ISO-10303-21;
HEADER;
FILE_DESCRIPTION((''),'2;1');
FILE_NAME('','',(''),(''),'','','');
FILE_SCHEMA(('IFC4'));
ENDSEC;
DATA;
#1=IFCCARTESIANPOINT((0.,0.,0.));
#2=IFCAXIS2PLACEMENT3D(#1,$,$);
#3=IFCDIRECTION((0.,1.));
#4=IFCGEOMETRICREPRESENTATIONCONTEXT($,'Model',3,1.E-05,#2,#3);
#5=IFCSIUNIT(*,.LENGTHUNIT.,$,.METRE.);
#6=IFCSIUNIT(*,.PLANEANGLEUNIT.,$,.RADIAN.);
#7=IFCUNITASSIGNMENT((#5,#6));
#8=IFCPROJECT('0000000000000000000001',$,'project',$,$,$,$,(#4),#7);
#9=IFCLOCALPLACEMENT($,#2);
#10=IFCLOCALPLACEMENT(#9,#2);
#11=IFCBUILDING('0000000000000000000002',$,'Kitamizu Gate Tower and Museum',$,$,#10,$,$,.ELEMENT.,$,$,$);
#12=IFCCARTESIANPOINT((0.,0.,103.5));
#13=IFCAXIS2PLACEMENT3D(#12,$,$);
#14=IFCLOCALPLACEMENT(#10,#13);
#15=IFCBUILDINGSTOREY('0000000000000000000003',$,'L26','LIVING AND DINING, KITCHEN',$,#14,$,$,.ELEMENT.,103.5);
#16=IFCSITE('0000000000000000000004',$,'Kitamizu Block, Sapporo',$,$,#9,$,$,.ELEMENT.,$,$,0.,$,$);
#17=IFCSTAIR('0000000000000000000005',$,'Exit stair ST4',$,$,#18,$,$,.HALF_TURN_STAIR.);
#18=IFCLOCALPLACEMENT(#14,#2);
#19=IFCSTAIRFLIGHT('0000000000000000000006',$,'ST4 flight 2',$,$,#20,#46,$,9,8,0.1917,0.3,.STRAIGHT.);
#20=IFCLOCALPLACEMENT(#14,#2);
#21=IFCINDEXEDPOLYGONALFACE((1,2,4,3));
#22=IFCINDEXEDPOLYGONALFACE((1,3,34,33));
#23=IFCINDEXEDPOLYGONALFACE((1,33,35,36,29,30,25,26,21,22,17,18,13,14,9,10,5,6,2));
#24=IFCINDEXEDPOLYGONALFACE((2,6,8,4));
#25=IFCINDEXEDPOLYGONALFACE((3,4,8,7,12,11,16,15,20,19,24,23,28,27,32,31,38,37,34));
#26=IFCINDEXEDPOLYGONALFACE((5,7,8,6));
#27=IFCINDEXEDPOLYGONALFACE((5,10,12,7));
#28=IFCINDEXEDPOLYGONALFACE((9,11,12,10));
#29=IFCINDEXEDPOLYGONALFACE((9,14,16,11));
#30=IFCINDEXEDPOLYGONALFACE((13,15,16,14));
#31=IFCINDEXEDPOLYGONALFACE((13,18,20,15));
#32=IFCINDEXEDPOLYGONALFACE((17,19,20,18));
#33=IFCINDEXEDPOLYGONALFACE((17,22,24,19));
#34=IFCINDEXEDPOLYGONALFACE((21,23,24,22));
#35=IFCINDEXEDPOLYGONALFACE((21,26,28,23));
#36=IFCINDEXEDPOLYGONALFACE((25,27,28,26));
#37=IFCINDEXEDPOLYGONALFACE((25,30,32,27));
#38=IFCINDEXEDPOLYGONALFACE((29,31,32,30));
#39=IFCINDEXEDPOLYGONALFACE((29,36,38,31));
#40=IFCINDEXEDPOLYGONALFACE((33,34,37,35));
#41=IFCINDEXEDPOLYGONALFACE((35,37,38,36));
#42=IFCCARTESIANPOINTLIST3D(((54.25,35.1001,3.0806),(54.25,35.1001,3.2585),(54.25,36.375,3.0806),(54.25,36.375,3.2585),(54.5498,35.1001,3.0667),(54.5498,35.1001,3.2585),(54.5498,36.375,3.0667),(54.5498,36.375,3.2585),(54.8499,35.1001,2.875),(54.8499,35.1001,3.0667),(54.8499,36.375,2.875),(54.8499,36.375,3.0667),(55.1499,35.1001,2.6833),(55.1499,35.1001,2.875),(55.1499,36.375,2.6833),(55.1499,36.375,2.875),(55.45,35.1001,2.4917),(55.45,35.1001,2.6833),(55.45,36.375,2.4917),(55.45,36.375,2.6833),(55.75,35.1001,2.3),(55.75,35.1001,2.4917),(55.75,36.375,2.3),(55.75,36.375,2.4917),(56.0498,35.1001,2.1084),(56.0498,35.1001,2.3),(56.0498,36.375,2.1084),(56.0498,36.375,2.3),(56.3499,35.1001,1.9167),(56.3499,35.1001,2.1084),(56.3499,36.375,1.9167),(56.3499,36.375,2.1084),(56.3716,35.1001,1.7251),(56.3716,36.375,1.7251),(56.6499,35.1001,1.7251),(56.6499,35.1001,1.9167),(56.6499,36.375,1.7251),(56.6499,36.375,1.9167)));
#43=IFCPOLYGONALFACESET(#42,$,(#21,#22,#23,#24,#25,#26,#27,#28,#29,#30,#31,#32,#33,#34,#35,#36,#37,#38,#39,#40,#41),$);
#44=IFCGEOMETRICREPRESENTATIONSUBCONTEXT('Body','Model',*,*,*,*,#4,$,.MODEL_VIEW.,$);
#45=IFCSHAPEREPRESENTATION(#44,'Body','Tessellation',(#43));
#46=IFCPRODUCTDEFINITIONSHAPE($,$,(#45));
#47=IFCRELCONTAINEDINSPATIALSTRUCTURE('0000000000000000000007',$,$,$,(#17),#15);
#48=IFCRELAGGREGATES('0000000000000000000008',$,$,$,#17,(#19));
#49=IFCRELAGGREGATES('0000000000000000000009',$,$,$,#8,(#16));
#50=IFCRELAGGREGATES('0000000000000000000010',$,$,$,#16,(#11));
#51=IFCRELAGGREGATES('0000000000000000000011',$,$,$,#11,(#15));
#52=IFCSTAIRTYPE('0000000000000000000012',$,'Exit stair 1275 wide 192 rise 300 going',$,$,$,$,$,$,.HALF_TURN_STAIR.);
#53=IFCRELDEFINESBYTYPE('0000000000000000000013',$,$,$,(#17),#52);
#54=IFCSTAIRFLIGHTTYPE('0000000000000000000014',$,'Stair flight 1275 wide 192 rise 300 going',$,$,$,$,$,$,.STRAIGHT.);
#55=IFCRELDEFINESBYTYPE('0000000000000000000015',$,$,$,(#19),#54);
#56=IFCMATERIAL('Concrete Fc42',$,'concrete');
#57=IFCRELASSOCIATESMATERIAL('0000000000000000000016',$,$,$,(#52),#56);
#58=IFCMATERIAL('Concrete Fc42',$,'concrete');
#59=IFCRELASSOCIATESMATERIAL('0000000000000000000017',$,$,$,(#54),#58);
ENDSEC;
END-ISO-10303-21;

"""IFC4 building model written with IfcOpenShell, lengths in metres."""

from ifc_helpers import new_model, si_unit, direction, frame, origin, place, context, subcontext, project, spatial, polyline, outline, extrude, material, type_object, element, aggregate, save


model = new_model("IFC4")

# Units and contexts
model_context = context("Model", 3, precision=1e-05, world=origin(), true_north=direction((0.0, 1.0)))
body_context = subcontext(model_context, "Body", "Model", "MODEL_VIEW")
ifc_project = project(units=[si_unit("LENGTHUNIT", "METRE"), si_unit("PLANEANGLEUNIT", "RADIAN")], contexts=[model_context])

# Site, building, storey
site_placement = place(None, origin())
site = spatial("IfcSite", under=ifc_project, at=site_placement, Name="Kitamizu Block, Sapporo", CompositionType="ELEMENT", RefElevation=0.0)
building_placement = place(site_placement, origin())
building = spatial("IfcBuilding", under=site, at=building_placement, Name="Kitamizu Gate Tower and Museum", CompositionType="ELEMENT")
storey_placement = place(building_placement, frame((0.0, 0.0, 103.5)))
storey = spatial("IfcBuildingStorey", under=building, at=storey_placement, Name="L26", Description="LIVING AND DINING, KITCHEN", CompositionType="ELEMENT", Elevation=103.5)

# Stair, stair flight
ifc_material_1 = material(Name="Concrete Fc42", Category="concrete")
stair_type = type_object("IfcStairType", Name="Exit stair 1275 wide 192 rise 300 going", PredefinedType="HALF_TURN_STAIR", material=ifc_material_1)
stair_placement = place(storey_placement, origin())
stair = element("IfcStair", 1, at=stair_placement, inside=storey, type_object=stair_type, Name="Exit stair ST4", PredefinedType="HALF_TURN_STAIR")
ifc_material_2 = material(Name="Concrete Fc42", Category="concrete")
stair_flight_type = type_object("IfcStairFlightType", Name="Stair flight 1275 wide 192 rise 300 going", PredefinedType="STRAIGHT", material=ifc_material_2)
stair_flight_placement = place(storey_placement, frame((56.6499, 35.7375, 1.7251), z_axis=(0.0, 0.0, 1.0), x_axis=(-1.0, 0.0, 0.0)))
stair_flight = element("IfcStairFlight", 2, at=stair_flight_placement, type_object=stair_flight_type, Name="ST4 flight 2", NumberOfRisers=9, NumberOfTreads=8, PredefinedType="STRAIGHT", RiserHeight=0.1917, TreadLength=0.3, context=body_context, shape_type="SweptSolid", body=[
    extrude(outline(polyline([(0.0, 0.0), (0.0, 0.1917), (0.3, 0.1917), (0.3, 0.3833), (0.6001, 0.3833), (0.6001, 0.575), (0.8999, 0.575), (0.8999, 0.7666), (1.2, 0.7666), (1.2, 0.9583), (1.5, 0.9583), (1.5, 1.1499), (1.8, 1.1499), (1.8, 1.3416), (2.1001, 1.3416), (2.1001, 1.5334), (2.3999, 1.5334), (2.3999, 1.7251), (2.3999, 1.3555), (0.2783, 0.0), (0.0, 0.0)])), frame((0.0, 0.6375, 0.0), z_axis=(0.0, -1.0, 0.0), x_axis=(1.0, 0.0, 0.0)), (0.0, 0.0, 1.0), 1.2749),
])
aggregate(stair, [stair_flight])

save(model, "model.ifc")
